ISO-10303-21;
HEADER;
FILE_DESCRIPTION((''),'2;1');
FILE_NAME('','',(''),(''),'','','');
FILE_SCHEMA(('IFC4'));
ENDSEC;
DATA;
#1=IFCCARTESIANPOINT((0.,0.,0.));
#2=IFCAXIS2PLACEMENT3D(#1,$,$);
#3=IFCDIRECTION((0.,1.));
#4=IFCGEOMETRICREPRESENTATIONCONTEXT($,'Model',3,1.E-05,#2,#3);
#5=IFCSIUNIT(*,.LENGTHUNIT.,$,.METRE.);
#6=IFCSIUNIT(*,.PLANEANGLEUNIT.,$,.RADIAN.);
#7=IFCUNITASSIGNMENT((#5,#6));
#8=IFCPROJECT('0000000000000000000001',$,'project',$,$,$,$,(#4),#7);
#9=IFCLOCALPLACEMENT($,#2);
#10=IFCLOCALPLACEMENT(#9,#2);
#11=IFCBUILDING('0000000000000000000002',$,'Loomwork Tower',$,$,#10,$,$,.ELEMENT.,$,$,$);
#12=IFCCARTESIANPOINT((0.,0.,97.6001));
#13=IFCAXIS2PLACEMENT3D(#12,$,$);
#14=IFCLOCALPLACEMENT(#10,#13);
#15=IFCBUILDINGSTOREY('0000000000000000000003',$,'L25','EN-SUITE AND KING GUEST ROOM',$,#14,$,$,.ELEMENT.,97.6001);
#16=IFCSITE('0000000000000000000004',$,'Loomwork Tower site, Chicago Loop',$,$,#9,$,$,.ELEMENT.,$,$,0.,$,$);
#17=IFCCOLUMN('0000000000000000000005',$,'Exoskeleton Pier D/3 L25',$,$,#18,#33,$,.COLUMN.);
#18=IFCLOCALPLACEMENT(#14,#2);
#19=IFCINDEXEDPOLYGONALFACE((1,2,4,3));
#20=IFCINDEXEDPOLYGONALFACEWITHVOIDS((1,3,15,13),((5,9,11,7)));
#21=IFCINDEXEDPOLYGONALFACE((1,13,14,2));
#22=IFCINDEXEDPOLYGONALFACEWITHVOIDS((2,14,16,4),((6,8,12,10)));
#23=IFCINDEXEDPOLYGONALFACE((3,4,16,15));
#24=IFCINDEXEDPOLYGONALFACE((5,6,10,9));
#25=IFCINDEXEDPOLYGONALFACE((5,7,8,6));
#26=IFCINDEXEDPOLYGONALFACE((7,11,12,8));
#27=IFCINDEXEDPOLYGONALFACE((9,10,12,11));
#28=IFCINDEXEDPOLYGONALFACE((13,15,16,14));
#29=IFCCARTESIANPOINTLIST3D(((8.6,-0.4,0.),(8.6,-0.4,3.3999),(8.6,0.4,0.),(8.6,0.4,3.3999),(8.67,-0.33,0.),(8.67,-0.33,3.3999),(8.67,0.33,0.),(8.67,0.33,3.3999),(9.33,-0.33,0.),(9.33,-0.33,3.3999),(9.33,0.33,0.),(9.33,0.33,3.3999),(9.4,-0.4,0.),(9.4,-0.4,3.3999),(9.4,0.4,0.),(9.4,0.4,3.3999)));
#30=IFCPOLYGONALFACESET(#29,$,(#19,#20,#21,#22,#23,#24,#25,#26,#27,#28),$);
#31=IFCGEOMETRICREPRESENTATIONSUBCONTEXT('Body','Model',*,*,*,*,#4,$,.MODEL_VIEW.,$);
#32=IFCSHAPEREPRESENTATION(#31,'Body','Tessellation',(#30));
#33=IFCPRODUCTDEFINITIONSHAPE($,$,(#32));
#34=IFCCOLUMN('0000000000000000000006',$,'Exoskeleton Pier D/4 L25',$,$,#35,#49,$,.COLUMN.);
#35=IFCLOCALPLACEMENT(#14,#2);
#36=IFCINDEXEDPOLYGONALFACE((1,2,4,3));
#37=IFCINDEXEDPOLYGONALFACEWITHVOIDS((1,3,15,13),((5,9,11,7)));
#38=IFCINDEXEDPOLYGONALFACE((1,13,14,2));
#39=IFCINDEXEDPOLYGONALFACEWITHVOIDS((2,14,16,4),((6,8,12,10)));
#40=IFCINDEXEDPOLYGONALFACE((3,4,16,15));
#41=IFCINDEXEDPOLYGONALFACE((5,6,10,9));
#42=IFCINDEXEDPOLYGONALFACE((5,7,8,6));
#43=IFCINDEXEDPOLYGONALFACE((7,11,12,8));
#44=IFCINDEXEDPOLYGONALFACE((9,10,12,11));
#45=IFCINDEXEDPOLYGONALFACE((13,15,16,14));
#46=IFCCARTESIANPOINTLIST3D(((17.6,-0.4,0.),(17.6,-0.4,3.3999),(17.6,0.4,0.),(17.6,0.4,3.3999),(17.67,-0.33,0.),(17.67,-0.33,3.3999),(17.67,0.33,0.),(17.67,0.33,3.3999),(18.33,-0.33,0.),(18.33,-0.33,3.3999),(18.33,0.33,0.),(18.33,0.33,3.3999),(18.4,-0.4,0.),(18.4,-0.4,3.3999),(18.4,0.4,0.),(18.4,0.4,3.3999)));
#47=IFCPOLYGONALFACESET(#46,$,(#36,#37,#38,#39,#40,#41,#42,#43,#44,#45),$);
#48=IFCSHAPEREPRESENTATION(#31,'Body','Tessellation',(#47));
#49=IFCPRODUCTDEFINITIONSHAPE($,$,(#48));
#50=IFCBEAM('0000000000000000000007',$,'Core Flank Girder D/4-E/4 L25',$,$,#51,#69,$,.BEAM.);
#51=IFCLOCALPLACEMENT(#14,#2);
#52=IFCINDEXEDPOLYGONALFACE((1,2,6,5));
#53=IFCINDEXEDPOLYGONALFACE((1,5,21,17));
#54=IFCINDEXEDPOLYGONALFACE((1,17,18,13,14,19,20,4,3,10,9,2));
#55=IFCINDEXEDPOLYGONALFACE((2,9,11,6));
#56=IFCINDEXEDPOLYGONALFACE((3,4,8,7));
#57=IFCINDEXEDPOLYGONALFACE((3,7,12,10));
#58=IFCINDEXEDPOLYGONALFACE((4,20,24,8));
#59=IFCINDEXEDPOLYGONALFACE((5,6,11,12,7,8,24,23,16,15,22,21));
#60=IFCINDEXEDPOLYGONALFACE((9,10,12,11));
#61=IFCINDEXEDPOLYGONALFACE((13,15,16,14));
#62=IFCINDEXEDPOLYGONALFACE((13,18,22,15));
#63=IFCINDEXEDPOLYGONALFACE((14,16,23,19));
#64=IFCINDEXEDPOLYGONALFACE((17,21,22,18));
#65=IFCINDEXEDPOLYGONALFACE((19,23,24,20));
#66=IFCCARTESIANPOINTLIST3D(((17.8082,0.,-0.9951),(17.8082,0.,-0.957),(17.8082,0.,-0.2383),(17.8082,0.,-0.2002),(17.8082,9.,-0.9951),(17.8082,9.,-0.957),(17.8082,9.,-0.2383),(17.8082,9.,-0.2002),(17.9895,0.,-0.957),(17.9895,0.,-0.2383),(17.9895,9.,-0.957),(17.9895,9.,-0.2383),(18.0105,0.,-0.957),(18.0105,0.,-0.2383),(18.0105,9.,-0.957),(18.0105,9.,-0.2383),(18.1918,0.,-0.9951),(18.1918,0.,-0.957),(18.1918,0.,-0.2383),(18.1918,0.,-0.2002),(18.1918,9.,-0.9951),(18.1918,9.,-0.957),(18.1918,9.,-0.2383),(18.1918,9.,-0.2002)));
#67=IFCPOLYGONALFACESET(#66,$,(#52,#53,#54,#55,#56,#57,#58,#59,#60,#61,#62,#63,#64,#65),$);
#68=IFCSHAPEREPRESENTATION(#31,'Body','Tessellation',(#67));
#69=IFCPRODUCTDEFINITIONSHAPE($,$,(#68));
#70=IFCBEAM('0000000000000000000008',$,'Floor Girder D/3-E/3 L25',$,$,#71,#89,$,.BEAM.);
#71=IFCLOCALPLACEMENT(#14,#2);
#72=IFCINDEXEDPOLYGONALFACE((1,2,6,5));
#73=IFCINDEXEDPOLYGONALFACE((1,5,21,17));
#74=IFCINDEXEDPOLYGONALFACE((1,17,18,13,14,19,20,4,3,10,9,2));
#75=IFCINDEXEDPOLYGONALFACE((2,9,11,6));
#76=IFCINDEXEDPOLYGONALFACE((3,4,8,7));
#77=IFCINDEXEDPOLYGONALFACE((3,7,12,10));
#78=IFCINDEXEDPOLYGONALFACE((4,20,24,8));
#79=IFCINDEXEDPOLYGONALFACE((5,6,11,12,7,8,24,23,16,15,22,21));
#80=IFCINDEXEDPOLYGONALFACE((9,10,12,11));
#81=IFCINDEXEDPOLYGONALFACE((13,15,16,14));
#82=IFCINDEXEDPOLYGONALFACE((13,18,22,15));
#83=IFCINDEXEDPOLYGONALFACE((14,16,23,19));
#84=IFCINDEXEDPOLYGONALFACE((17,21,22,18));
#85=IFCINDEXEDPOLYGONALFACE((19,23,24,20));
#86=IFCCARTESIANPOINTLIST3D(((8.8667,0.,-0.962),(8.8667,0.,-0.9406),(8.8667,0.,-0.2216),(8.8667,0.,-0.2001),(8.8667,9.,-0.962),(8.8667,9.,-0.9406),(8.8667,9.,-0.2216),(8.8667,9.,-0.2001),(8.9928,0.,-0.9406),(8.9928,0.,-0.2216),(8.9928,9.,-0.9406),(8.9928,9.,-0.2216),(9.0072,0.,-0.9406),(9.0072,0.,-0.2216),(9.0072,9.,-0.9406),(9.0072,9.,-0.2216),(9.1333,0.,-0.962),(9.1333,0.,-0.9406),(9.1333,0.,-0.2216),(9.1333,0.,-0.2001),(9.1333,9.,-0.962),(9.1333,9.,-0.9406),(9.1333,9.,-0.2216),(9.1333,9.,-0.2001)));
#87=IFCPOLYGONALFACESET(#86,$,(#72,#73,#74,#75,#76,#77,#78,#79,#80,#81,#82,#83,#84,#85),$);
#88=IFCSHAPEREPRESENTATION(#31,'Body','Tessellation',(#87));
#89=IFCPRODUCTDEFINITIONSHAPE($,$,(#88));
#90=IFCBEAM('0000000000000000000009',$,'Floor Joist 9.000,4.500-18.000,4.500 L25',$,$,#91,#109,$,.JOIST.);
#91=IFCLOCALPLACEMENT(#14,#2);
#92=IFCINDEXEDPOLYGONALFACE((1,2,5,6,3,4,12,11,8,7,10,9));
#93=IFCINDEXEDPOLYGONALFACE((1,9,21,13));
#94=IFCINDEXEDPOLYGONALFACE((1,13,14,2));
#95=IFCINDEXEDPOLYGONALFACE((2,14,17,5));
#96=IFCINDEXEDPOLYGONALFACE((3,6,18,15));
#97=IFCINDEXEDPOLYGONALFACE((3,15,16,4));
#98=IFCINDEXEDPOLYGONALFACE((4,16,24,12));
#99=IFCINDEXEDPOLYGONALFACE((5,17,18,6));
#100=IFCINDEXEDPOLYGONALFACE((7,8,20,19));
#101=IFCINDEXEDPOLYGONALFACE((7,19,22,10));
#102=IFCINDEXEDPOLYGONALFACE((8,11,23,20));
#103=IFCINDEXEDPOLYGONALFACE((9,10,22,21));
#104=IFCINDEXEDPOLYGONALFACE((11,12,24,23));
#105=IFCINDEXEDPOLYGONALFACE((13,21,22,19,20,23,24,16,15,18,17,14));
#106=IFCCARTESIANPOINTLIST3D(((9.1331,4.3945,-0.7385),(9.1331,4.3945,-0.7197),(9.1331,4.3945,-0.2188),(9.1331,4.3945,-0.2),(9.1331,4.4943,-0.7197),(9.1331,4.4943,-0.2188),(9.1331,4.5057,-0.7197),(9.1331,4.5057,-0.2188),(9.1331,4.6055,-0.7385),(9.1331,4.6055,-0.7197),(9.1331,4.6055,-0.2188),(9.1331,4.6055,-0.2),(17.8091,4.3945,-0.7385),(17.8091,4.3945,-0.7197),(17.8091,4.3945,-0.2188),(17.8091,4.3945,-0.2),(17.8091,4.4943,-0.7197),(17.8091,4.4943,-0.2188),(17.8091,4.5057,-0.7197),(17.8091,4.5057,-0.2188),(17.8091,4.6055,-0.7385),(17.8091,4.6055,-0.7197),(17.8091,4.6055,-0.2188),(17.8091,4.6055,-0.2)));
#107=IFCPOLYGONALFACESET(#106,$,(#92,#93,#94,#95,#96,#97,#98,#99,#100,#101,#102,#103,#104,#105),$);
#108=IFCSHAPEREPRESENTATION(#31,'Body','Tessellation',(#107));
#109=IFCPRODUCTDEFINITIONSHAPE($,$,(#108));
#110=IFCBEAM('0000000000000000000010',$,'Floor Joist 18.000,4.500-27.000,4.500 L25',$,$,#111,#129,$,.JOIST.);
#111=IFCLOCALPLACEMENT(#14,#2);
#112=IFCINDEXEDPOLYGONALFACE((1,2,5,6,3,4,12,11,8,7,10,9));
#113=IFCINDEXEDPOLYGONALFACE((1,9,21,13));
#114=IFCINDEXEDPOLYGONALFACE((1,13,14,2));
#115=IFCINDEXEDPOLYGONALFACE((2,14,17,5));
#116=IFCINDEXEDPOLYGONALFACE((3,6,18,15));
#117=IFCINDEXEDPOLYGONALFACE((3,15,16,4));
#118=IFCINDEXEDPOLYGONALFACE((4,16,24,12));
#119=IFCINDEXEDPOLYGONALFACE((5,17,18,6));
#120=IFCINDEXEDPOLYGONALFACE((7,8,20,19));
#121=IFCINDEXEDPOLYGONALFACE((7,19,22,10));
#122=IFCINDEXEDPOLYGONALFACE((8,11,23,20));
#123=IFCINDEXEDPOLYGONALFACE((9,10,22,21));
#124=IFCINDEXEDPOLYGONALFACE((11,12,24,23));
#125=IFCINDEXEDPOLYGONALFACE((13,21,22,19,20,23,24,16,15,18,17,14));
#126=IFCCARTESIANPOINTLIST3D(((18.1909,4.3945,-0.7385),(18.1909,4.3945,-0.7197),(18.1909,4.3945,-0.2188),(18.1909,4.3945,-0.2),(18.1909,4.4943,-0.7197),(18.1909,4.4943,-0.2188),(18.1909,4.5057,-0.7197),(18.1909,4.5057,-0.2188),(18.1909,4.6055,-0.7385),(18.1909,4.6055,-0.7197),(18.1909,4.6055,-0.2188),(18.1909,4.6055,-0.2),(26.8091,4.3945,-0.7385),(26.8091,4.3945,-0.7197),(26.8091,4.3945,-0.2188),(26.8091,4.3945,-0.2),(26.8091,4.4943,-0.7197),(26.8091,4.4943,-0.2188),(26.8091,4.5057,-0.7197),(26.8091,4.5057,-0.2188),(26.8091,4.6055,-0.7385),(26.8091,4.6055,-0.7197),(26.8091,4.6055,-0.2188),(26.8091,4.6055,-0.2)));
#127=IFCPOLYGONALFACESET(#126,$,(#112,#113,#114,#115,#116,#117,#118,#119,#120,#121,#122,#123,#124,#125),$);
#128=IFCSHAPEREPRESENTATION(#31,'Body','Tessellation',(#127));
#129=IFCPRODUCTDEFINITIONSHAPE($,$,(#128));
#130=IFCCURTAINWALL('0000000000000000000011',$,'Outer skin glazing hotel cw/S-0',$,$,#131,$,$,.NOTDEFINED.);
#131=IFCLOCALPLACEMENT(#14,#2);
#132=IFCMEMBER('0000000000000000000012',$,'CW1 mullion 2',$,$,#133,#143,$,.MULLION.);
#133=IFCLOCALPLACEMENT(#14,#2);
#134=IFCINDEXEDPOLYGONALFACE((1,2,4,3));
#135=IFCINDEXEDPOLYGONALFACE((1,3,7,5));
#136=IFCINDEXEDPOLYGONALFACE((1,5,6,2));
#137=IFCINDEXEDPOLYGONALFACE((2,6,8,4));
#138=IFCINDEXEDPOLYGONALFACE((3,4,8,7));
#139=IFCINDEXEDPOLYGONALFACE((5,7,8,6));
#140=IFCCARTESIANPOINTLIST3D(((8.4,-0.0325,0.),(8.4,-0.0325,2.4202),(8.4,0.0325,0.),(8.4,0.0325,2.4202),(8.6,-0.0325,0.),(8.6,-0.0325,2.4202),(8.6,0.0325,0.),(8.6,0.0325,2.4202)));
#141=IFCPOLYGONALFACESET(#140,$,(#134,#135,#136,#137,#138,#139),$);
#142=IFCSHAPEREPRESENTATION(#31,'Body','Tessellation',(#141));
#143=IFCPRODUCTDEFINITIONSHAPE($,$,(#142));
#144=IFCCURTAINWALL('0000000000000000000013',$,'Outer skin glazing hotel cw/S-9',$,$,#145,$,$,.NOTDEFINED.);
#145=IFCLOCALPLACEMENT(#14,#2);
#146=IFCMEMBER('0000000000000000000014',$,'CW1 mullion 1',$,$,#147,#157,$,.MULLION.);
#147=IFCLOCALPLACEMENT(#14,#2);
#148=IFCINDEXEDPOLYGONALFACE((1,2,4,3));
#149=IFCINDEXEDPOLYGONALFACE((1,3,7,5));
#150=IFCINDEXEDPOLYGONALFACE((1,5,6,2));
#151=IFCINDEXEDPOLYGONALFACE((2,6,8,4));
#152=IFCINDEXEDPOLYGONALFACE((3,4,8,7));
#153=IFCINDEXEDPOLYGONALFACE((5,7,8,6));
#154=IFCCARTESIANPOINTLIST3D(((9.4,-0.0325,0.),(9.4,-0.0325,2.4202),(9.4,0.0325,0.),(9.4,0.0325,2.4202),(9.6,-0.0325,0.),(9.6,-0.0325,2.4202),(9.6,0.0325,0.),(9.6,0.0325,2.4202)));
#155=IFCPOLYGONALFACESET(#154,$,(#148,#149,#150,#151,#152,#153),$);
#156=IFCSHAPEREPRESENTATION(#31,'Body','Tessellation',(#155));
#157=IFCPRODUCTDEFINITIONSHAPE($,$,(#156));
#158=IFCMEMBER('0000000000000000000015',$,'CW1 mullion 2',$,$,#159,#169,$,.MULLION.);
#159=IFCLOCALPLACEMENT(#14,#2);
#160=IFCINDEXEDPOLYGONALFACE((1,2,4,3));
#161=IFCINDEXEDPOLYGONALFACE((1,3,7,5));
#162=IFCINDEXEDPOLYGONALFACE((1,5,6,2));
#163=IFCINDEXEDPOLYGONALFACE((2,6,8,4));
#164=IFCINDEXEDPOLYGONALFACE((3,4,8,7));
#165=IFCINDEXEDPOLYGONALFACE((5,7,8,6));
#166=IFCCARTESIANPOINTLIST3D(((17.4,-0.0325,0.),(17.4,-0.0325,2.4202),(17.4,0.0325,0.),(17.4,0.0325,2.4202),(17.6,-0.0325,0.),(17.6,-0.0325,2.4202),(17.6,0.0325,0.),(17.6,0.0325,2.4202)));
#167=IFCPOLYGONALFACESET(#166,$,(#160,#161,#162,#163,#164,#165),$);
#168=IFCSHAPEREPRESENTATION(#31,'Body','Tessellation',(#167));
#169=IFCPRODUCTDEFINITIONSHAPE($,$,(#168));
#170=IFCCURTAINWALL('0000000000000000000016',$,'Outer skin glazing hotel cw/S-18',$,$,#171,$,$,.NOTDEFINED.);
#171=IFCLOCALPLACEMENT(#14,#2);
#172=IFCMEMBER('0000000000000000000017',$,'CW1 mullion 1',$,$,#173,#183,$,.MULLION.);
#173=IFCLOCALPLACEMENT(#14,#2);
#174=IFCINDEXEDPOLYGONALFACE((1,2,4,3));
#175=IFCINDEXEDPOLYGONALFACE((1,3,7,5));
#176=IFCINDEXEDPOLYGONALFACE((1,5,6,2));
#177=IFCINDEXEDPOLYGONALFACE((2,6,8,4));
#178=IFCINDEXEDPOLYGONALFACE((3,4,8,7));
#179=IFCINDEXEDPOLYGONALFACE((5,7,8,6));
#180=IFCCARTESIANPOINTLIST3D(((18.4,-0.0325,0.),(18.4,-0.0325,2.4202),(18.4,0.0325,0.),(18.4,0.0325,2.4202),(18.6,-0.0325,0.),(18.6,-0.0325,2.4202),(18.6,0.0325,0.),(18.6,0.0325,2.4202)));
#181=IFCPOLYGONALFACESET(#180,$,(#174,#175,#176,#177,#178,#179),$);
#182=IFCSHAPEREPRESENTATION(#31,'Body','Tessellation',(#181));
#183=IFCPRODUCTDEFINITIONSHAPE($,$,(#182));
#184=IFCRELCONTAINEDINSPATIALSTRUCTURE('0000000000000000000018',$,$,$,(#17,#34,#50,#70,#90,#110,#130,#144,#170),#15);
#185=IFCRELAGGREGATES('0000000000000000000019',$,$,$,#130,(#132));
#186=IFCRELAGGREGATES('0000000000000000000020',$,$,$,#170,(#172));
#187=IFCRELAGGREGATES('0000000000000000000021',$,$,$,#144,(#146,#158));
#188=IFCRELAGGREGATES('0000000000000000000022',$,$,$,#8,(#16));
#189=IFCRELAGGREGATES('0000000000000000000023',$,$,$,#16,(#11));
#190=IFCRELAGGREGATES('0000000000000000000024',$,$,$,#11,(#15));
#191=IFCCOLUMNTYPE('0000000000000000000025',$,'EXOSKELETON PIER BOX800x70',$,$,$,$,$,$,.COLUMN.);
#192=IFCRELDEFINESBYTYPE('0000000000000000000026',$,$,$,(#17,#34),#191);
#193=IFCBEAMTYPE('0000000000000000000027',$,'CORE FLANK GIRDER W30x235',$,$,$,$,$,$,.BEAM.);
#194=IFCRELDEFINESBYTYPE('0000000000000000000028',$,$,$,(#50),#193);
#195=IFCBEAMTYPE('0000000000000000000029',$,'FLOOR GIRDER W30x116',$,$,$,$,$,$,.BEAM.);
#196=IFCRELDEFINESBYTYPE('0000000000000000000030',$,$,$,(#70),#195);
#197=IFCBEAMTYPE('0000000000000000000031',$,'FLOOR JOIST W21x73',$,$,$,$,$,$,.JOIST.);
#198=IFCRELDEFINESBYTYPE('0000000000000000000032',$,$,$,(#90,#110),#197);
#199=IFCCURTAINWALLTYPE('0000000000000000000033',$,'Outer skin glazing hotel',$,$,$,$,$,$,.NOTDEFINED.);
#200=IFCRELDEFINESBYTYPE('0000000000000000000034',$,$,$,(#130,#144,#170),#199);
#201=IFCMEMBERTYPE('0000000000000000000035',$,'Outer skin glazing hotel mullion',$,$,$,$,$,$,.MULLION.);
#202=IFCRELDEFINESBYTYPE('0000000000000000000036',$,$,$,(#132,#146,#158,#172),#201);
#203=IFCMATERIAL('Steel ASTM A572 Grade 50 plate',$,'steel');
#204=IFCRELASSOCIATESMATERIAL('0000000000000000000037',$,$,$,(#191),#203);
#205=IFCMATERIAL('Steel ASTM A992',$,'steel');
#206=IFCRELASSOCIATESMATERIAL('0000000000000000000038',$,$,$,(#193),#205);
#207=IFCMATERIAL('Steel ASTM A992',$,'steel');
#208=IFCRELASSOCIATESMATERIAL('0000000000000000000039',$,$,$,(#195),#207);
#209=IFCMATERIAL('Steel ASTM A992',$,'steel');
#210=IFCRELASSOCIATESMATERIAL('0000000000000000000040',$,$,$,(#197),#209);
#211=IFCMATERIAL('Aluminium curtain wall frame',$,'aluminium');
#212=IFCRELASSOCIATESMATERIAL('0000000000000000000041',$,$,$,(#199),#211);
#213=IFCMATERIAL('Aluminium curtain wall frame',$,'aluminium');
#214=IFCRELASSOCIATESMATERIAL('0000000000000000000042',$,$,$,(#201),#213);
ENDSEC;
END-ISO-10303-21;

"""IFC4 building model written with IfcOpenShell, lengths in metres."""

from ifc_helpers import new_model, si_unit, direction, frame, origin, origin_2d, place, context, subcontext, project, spatial, rectangle, hollow_rectangle, i_section, extrude, material, material_profile, profile_set, type_object, element, aggregate, save


model = new_model("IFC4")

# Units and contexts
model_context = context("Model", 3, precision=1e-05, world=origin(), true_north=direction((0.0, 1.0)))
body_context = subcontext(model_context, "Body", "Model", "MODEL_VIEW")
ifc_project = project(units=[si_unit("LENGTHUNIT", "METRE"), si_unit("PLANEANGLEUNIT", "RADIAN")], contexts=[model_context])

# Site, building, storey
site_placement = place(None, origin())
site = spatial("IfcSite", under=ifc_project, at=site_placement, Name="Loomwork Tower site, Chicago Loop", CompositionType="ELEMENT", RefElevation=0.0)
building_placement = place(site_placement, origin())
building = spatial("IfcBuilding", under=site, at=building_placement, Name="Loomwork Tower", CompositionType="ELEMENT")
storey_placement = place(building_placement, frame((0.0, 0.0, 97.6001)))
storey = spatial("IfcBuildingStorey", under=building, at=storey_placement, Name="L25", Description="EN-SUITE AND KING GUEST ROOM", CompositionType="ELEMENT", Elevation=97.6001)

# Columns
ifc_material_1 = material(Name="Steel ASTM A572 Grade 50 plate", Category="steel")
ifc_material_profile_1 = material_profile(ifc_material_1, hollow_rectangle(XDim=0.8, YDim=0.8, WallThickness=0.0701, at=origin_2d()), Name="BOX800x70")
ifc_profile_set_1 = profile_set([ifc_material_profile_1], Name="Steel ASTM A572 Grade 50 plate")
column_type = type_object("IfcColumnType", Name="EXOSKELETON PIER BOX800x70", PredefinedType="COLUMN", material=ifc_profile_set_1)
for number, where, z_axis, x_axis, name in (
    (1, (9.0, 0.0, 0.0), (0.0, 0.0, 1.0), (1.0, 0.0, 0.0), "Exoskeleton Pier D/3 L25"),
    (2, (18.0, 0.0, 0.0), (0.0, 0.0, 1.0), (1.0, 0.0, 0.0), "Exoskeleton Pier D/4 L25"),
):
    element("IfcColumn", number, at=place(storey_placement, frame(where, z_axis=z_axis, x_axis=x_axis)), inside=storey, type_object=column_type, Name=name, PredefinedType="COLUMN", context=body_context, shape_type="SweptSolid", body=[
        extrude(hollow_rectangle(XDim=0.8, YDim=0.8, WallThickness=0.0701, at=origin_2d()), origin(), (0.0, 0.0, 1.0), 3.3999),
    ])

# Beams
ifc_material_2 = material(Name="Steel ASTM A992", Category="steel")
ifc_material_profile_2 = material_profile(ifc_material_2, i_section(OverallWidth=0.3835, OverallDepth=0.7949, WebThickness=0.021, FlangeThickness=0.0381, at=origin_2d()), Name="W30x235")
ifc_profile_set_2 = profile_set([ifc_material_profile_2], Name="Steel ASTM A992")
beam_type_1 = type_object("IfcBeamType", Name="CORE FLANK GIRDER W30x235", PredefinedType="BEAM", material=ifc_profile_set_2)
beam_1_placement = place(storey_placement, frame((18.0, 0.0, -0.5977), z_axis=(0.0, 1.0, 0.0), x_axis=(-1.0, 0.0, 0.0)))
element("IfcBeam", 3, at=beam_1_placement, inside=storey, type_object=beam_type_1, Name="Core Flank Girder D/4-E/4 L25", PredefinedType="BEAM", context=body_context, shape_type="SweptSolid", body=[
    extrude(i_section(OverallWidth=0.3835, OverallDepth=0.7949, WebThickness=0.021, FlangeThickness=0.0381, at=origin_2d()), origin(), (0.0, 0.0, 1.0), 9.0),
])
ifc_material_3 = material(Name="Steel ASTM A992", Category="steel")
ifc_material_profile_3 = material_profile(ifc_material_3, i_section(OverallWidth=0.2666, OverallDepth=0.762, WebThickness=0.0144, FlangeThickness=0.0215, at=origin_2d()), Name="W30x116")
ifc_profile_set_3 = profile_set([ifc_material_profile_3], Name="Steel ASTM A992")
beam_type_2 = type_object("IfcBeamType", Name="FLOOR GIRDER W30x116", PredefinedType="BEAM", material=ifc_profile_set_3)
beam_2_placement = place(storey_placement, frame((9.0, 0.0, -0.5811), z_axis=(0.0, 1.0, 0.0), x_axis=(-1.0, 0.0, 0.0)))
element("IfcBeam", 4, at=beam_2_placement, inside=storey, type_object=beam_type_2, Name="Floor Girder D/3-E/3 L25", PredefinedType="BEAM", context=body_context, shape_type="SweptSolid", body=[
    extrude(i_section(OverallWidth=0.2666, OverallDepth=0.762, WebThickness=0.0144, FlangeThickness=0.0215, at=origin_2d()), origin(), (0.0, 0.0, 1.0), 9.0),
])
ifc_material_4 = material(Name="Steel ASTM A992", Category="steel")
ifc_material_profile_4 = material_profile(ifc_material_4, i_section(OverallWidth=0.2109, OverallDepth=0.5386, WebThickness=0.0115, FlangeThickness=0.0188, at=origin_2d()), Name="W21x73")
ifc_profile_set_4 = profile_set([ifc_material_profile_4], Name="Steel ASTM A992")
beam_type_3 = type_object("IfcBeamType", Name="FLOOR JOIST W21x73", PredefinedType="JOIST", material=ifc_profile_set_4)
beam_3_placement = place(storey_placement, frame((9.1331, 4.5, -0.4692), z_axis=(1.0, 0.0, 0.0), x_axis=(0.0, 1.0, 0.0)))
element("IfcBeam", 5, at=beam_3_placement, inside=storey, type_object=beam_type_3, Name="Floor Joist 9.000,4.500-18.000,4.500 L25", PredefinedType="JOIST", context=body_context, shape_type="SweptSolid", body=[
    extrude(i_section(OverallWidth=0.2109, OverallDepth=0.5386, WebThickness=0.0115, FlangeThickness=0.0188, at=origin_2d()), origin(), (0.0, 0.0, 1.0), 8.676),
])
beam_4_placement = place(storey_placement, frame((18.1909, 4.5, -0.4692), z_axis=(1.0, 0.0, 0.0), x_axis=(0.0, 1.0, 0.0)))
element("IfcBeam", 6, at=beam_4_placement, inside=storey, type_object=beam_type_3, Name="Floor Joist 18.000,4.500-27.000,4.500 L25", PredefinedType="JOIST", context=body_context, shape_type="SweptSolid", body=[
    extrude(i_section(OverallWidth=0.2109, OverallDepth=0.5386, WebThickness=0.0115, FlangeThickness=0.0188, at=origin_2d()), origin(), (0.0, 0.0, 1.0), 8.6182),
])

# Curtain wall, member
ifc_material_5 = material(Name="Aluminium curtain wall frame", Category="aluminium")
curtain_wall_type = type_object("IfcCurtainWallType", Name="Outer skin glazing hotel", PredefinedType="NOTDEFINED", material=ifc_material_5)
curtain_wall_1_placement = place(storey_placement, origin())
curtain_wall_1 = element("IfcCurtainWall", 7, at=curtain_wall_1_placement, inside=storey, type_object=curtain_wall_type, Name="Outer skin glazing hotel cw/S-0", PredefinedType="NOTDEFINED")
ifc_material_6 = material(Name="Aluminium curtain wall frame", Category="aluminium")
ifc_material_profile_5 = material_profile(ifc_material_6, rectangle(XDim=0.0649, YDim=0.2, at=origin_2d()), Name="AL 65x200")
ifc_profile_set_5 = profile_set([ifc_material_profile_5], Name="Aluminium curtain wall frame")
member_type_1 = type_object("IfcMemberType", Name="Outer skin glazing hotel mullion", PredefinedType="MULLION", material=ifc_profile_set_5)
member_1_placement = place(storey_placement, frame((8.5, 0.0, 0.0), z_axis=(0.0, 0.0, 1.0), x_axis=(0.0, 1.0, 0.0)))
member_1 = element("IfcMember", 8, at=member_1_placement, type_object=member_type_1, Name="CW1 mullion 2", PredefinedType="MULLION", context=body_context, shape_type="SweptSolid", body=[
    extrude(rectangle(XDim=0.0649, YDim=0.2, at=origin_2d()), origin(), (0.0, 0.0, 1.0), 2.4202),
])
aggregate(curtain_wall_1, [member_1])

# Curtain wall, members
curtain_wall_2_placement = place(storey_placement, origin())
curtain_wall_2 = element("IfcCurtainWall", 9, at=curtain_wall_2_placement, inside=storey, type_object=curtain_wall_type, Name="Outer skin glazing hotel cw/S-9", PredefinedType="NOTDEFINED")
member_2_placement = place(storey_placement, frame((9.5, 0.0, 0.0), z_axis=(0.0, 0.0, 1.0), x_axis=(0.0, 1.0, 0.0)))
member_2 = element("IfcMember", 10, at=member_2_placement, type_object=member_type_1, Name="CW1 mullion 1", PredefinedType="MULLION", context=body_context, shape_type="SweptSolid", body=[
    extrude(rectangle(XDim=0.0649, YDim=0.2, at=origin_2d()), origin(), (0.0, 0.0, 1.0), 2.4202),
])
member_3_placement = place(storey_placement, frame((17.5, 0.0, 0.0), z_axis=(0.0, 0.0, 1.0), x_axis=(0.0, 1.0, 0.0)))
member_3 = element("IfcMember", 11, at=member_3_placement, type_object=member_type_1, Name="CW1 mullion 2", PredefinedType="MULLION", context=body_context, shape_type="SweptSolid", body=[
    extrude(rectangle(XDim=0.0649, YDim=0.2, at=origin_2d()), origin(), (0.0, 0.0, 1.0), 2.4202),
])

# Curtain wall, member
curtain_wall_3_placement = place(storey_placement, origin())
curtain_wall_3 = element("IfcCurtainWall", 12, at=curtain_wall_3_placement, inside=storey, type_object=curtain_wall_type, Name="Outer skin glazing hotel cw/S-18", PredefinedType="NOTDEFINED")
member_4_placement = place(storey_placement, frame((18.5, 0.0, 0.0), z_axis=(0.0, 0.0, 1.0), x_axis=(0.0, 1.0, 0.0)))
member_4 = element("IfcMember", 13, at=member_4_placement, type_object=member_type_1, Name="CW1 mullion 1", PredefinedType="MULLION", context=body_context, shape_type="SweptSolid", body=[
    extrude(rectangle(XDim=0.0649, YDim=0.2, at=origin_2d()), origin(), (0.0, 0.0, 1.0), 2.4202),
])

aggregate(curtain_wall_3, [member_4])

aggregate(curtain_wall_2, [member_2, member_3])

save(model, "model.ifc")
